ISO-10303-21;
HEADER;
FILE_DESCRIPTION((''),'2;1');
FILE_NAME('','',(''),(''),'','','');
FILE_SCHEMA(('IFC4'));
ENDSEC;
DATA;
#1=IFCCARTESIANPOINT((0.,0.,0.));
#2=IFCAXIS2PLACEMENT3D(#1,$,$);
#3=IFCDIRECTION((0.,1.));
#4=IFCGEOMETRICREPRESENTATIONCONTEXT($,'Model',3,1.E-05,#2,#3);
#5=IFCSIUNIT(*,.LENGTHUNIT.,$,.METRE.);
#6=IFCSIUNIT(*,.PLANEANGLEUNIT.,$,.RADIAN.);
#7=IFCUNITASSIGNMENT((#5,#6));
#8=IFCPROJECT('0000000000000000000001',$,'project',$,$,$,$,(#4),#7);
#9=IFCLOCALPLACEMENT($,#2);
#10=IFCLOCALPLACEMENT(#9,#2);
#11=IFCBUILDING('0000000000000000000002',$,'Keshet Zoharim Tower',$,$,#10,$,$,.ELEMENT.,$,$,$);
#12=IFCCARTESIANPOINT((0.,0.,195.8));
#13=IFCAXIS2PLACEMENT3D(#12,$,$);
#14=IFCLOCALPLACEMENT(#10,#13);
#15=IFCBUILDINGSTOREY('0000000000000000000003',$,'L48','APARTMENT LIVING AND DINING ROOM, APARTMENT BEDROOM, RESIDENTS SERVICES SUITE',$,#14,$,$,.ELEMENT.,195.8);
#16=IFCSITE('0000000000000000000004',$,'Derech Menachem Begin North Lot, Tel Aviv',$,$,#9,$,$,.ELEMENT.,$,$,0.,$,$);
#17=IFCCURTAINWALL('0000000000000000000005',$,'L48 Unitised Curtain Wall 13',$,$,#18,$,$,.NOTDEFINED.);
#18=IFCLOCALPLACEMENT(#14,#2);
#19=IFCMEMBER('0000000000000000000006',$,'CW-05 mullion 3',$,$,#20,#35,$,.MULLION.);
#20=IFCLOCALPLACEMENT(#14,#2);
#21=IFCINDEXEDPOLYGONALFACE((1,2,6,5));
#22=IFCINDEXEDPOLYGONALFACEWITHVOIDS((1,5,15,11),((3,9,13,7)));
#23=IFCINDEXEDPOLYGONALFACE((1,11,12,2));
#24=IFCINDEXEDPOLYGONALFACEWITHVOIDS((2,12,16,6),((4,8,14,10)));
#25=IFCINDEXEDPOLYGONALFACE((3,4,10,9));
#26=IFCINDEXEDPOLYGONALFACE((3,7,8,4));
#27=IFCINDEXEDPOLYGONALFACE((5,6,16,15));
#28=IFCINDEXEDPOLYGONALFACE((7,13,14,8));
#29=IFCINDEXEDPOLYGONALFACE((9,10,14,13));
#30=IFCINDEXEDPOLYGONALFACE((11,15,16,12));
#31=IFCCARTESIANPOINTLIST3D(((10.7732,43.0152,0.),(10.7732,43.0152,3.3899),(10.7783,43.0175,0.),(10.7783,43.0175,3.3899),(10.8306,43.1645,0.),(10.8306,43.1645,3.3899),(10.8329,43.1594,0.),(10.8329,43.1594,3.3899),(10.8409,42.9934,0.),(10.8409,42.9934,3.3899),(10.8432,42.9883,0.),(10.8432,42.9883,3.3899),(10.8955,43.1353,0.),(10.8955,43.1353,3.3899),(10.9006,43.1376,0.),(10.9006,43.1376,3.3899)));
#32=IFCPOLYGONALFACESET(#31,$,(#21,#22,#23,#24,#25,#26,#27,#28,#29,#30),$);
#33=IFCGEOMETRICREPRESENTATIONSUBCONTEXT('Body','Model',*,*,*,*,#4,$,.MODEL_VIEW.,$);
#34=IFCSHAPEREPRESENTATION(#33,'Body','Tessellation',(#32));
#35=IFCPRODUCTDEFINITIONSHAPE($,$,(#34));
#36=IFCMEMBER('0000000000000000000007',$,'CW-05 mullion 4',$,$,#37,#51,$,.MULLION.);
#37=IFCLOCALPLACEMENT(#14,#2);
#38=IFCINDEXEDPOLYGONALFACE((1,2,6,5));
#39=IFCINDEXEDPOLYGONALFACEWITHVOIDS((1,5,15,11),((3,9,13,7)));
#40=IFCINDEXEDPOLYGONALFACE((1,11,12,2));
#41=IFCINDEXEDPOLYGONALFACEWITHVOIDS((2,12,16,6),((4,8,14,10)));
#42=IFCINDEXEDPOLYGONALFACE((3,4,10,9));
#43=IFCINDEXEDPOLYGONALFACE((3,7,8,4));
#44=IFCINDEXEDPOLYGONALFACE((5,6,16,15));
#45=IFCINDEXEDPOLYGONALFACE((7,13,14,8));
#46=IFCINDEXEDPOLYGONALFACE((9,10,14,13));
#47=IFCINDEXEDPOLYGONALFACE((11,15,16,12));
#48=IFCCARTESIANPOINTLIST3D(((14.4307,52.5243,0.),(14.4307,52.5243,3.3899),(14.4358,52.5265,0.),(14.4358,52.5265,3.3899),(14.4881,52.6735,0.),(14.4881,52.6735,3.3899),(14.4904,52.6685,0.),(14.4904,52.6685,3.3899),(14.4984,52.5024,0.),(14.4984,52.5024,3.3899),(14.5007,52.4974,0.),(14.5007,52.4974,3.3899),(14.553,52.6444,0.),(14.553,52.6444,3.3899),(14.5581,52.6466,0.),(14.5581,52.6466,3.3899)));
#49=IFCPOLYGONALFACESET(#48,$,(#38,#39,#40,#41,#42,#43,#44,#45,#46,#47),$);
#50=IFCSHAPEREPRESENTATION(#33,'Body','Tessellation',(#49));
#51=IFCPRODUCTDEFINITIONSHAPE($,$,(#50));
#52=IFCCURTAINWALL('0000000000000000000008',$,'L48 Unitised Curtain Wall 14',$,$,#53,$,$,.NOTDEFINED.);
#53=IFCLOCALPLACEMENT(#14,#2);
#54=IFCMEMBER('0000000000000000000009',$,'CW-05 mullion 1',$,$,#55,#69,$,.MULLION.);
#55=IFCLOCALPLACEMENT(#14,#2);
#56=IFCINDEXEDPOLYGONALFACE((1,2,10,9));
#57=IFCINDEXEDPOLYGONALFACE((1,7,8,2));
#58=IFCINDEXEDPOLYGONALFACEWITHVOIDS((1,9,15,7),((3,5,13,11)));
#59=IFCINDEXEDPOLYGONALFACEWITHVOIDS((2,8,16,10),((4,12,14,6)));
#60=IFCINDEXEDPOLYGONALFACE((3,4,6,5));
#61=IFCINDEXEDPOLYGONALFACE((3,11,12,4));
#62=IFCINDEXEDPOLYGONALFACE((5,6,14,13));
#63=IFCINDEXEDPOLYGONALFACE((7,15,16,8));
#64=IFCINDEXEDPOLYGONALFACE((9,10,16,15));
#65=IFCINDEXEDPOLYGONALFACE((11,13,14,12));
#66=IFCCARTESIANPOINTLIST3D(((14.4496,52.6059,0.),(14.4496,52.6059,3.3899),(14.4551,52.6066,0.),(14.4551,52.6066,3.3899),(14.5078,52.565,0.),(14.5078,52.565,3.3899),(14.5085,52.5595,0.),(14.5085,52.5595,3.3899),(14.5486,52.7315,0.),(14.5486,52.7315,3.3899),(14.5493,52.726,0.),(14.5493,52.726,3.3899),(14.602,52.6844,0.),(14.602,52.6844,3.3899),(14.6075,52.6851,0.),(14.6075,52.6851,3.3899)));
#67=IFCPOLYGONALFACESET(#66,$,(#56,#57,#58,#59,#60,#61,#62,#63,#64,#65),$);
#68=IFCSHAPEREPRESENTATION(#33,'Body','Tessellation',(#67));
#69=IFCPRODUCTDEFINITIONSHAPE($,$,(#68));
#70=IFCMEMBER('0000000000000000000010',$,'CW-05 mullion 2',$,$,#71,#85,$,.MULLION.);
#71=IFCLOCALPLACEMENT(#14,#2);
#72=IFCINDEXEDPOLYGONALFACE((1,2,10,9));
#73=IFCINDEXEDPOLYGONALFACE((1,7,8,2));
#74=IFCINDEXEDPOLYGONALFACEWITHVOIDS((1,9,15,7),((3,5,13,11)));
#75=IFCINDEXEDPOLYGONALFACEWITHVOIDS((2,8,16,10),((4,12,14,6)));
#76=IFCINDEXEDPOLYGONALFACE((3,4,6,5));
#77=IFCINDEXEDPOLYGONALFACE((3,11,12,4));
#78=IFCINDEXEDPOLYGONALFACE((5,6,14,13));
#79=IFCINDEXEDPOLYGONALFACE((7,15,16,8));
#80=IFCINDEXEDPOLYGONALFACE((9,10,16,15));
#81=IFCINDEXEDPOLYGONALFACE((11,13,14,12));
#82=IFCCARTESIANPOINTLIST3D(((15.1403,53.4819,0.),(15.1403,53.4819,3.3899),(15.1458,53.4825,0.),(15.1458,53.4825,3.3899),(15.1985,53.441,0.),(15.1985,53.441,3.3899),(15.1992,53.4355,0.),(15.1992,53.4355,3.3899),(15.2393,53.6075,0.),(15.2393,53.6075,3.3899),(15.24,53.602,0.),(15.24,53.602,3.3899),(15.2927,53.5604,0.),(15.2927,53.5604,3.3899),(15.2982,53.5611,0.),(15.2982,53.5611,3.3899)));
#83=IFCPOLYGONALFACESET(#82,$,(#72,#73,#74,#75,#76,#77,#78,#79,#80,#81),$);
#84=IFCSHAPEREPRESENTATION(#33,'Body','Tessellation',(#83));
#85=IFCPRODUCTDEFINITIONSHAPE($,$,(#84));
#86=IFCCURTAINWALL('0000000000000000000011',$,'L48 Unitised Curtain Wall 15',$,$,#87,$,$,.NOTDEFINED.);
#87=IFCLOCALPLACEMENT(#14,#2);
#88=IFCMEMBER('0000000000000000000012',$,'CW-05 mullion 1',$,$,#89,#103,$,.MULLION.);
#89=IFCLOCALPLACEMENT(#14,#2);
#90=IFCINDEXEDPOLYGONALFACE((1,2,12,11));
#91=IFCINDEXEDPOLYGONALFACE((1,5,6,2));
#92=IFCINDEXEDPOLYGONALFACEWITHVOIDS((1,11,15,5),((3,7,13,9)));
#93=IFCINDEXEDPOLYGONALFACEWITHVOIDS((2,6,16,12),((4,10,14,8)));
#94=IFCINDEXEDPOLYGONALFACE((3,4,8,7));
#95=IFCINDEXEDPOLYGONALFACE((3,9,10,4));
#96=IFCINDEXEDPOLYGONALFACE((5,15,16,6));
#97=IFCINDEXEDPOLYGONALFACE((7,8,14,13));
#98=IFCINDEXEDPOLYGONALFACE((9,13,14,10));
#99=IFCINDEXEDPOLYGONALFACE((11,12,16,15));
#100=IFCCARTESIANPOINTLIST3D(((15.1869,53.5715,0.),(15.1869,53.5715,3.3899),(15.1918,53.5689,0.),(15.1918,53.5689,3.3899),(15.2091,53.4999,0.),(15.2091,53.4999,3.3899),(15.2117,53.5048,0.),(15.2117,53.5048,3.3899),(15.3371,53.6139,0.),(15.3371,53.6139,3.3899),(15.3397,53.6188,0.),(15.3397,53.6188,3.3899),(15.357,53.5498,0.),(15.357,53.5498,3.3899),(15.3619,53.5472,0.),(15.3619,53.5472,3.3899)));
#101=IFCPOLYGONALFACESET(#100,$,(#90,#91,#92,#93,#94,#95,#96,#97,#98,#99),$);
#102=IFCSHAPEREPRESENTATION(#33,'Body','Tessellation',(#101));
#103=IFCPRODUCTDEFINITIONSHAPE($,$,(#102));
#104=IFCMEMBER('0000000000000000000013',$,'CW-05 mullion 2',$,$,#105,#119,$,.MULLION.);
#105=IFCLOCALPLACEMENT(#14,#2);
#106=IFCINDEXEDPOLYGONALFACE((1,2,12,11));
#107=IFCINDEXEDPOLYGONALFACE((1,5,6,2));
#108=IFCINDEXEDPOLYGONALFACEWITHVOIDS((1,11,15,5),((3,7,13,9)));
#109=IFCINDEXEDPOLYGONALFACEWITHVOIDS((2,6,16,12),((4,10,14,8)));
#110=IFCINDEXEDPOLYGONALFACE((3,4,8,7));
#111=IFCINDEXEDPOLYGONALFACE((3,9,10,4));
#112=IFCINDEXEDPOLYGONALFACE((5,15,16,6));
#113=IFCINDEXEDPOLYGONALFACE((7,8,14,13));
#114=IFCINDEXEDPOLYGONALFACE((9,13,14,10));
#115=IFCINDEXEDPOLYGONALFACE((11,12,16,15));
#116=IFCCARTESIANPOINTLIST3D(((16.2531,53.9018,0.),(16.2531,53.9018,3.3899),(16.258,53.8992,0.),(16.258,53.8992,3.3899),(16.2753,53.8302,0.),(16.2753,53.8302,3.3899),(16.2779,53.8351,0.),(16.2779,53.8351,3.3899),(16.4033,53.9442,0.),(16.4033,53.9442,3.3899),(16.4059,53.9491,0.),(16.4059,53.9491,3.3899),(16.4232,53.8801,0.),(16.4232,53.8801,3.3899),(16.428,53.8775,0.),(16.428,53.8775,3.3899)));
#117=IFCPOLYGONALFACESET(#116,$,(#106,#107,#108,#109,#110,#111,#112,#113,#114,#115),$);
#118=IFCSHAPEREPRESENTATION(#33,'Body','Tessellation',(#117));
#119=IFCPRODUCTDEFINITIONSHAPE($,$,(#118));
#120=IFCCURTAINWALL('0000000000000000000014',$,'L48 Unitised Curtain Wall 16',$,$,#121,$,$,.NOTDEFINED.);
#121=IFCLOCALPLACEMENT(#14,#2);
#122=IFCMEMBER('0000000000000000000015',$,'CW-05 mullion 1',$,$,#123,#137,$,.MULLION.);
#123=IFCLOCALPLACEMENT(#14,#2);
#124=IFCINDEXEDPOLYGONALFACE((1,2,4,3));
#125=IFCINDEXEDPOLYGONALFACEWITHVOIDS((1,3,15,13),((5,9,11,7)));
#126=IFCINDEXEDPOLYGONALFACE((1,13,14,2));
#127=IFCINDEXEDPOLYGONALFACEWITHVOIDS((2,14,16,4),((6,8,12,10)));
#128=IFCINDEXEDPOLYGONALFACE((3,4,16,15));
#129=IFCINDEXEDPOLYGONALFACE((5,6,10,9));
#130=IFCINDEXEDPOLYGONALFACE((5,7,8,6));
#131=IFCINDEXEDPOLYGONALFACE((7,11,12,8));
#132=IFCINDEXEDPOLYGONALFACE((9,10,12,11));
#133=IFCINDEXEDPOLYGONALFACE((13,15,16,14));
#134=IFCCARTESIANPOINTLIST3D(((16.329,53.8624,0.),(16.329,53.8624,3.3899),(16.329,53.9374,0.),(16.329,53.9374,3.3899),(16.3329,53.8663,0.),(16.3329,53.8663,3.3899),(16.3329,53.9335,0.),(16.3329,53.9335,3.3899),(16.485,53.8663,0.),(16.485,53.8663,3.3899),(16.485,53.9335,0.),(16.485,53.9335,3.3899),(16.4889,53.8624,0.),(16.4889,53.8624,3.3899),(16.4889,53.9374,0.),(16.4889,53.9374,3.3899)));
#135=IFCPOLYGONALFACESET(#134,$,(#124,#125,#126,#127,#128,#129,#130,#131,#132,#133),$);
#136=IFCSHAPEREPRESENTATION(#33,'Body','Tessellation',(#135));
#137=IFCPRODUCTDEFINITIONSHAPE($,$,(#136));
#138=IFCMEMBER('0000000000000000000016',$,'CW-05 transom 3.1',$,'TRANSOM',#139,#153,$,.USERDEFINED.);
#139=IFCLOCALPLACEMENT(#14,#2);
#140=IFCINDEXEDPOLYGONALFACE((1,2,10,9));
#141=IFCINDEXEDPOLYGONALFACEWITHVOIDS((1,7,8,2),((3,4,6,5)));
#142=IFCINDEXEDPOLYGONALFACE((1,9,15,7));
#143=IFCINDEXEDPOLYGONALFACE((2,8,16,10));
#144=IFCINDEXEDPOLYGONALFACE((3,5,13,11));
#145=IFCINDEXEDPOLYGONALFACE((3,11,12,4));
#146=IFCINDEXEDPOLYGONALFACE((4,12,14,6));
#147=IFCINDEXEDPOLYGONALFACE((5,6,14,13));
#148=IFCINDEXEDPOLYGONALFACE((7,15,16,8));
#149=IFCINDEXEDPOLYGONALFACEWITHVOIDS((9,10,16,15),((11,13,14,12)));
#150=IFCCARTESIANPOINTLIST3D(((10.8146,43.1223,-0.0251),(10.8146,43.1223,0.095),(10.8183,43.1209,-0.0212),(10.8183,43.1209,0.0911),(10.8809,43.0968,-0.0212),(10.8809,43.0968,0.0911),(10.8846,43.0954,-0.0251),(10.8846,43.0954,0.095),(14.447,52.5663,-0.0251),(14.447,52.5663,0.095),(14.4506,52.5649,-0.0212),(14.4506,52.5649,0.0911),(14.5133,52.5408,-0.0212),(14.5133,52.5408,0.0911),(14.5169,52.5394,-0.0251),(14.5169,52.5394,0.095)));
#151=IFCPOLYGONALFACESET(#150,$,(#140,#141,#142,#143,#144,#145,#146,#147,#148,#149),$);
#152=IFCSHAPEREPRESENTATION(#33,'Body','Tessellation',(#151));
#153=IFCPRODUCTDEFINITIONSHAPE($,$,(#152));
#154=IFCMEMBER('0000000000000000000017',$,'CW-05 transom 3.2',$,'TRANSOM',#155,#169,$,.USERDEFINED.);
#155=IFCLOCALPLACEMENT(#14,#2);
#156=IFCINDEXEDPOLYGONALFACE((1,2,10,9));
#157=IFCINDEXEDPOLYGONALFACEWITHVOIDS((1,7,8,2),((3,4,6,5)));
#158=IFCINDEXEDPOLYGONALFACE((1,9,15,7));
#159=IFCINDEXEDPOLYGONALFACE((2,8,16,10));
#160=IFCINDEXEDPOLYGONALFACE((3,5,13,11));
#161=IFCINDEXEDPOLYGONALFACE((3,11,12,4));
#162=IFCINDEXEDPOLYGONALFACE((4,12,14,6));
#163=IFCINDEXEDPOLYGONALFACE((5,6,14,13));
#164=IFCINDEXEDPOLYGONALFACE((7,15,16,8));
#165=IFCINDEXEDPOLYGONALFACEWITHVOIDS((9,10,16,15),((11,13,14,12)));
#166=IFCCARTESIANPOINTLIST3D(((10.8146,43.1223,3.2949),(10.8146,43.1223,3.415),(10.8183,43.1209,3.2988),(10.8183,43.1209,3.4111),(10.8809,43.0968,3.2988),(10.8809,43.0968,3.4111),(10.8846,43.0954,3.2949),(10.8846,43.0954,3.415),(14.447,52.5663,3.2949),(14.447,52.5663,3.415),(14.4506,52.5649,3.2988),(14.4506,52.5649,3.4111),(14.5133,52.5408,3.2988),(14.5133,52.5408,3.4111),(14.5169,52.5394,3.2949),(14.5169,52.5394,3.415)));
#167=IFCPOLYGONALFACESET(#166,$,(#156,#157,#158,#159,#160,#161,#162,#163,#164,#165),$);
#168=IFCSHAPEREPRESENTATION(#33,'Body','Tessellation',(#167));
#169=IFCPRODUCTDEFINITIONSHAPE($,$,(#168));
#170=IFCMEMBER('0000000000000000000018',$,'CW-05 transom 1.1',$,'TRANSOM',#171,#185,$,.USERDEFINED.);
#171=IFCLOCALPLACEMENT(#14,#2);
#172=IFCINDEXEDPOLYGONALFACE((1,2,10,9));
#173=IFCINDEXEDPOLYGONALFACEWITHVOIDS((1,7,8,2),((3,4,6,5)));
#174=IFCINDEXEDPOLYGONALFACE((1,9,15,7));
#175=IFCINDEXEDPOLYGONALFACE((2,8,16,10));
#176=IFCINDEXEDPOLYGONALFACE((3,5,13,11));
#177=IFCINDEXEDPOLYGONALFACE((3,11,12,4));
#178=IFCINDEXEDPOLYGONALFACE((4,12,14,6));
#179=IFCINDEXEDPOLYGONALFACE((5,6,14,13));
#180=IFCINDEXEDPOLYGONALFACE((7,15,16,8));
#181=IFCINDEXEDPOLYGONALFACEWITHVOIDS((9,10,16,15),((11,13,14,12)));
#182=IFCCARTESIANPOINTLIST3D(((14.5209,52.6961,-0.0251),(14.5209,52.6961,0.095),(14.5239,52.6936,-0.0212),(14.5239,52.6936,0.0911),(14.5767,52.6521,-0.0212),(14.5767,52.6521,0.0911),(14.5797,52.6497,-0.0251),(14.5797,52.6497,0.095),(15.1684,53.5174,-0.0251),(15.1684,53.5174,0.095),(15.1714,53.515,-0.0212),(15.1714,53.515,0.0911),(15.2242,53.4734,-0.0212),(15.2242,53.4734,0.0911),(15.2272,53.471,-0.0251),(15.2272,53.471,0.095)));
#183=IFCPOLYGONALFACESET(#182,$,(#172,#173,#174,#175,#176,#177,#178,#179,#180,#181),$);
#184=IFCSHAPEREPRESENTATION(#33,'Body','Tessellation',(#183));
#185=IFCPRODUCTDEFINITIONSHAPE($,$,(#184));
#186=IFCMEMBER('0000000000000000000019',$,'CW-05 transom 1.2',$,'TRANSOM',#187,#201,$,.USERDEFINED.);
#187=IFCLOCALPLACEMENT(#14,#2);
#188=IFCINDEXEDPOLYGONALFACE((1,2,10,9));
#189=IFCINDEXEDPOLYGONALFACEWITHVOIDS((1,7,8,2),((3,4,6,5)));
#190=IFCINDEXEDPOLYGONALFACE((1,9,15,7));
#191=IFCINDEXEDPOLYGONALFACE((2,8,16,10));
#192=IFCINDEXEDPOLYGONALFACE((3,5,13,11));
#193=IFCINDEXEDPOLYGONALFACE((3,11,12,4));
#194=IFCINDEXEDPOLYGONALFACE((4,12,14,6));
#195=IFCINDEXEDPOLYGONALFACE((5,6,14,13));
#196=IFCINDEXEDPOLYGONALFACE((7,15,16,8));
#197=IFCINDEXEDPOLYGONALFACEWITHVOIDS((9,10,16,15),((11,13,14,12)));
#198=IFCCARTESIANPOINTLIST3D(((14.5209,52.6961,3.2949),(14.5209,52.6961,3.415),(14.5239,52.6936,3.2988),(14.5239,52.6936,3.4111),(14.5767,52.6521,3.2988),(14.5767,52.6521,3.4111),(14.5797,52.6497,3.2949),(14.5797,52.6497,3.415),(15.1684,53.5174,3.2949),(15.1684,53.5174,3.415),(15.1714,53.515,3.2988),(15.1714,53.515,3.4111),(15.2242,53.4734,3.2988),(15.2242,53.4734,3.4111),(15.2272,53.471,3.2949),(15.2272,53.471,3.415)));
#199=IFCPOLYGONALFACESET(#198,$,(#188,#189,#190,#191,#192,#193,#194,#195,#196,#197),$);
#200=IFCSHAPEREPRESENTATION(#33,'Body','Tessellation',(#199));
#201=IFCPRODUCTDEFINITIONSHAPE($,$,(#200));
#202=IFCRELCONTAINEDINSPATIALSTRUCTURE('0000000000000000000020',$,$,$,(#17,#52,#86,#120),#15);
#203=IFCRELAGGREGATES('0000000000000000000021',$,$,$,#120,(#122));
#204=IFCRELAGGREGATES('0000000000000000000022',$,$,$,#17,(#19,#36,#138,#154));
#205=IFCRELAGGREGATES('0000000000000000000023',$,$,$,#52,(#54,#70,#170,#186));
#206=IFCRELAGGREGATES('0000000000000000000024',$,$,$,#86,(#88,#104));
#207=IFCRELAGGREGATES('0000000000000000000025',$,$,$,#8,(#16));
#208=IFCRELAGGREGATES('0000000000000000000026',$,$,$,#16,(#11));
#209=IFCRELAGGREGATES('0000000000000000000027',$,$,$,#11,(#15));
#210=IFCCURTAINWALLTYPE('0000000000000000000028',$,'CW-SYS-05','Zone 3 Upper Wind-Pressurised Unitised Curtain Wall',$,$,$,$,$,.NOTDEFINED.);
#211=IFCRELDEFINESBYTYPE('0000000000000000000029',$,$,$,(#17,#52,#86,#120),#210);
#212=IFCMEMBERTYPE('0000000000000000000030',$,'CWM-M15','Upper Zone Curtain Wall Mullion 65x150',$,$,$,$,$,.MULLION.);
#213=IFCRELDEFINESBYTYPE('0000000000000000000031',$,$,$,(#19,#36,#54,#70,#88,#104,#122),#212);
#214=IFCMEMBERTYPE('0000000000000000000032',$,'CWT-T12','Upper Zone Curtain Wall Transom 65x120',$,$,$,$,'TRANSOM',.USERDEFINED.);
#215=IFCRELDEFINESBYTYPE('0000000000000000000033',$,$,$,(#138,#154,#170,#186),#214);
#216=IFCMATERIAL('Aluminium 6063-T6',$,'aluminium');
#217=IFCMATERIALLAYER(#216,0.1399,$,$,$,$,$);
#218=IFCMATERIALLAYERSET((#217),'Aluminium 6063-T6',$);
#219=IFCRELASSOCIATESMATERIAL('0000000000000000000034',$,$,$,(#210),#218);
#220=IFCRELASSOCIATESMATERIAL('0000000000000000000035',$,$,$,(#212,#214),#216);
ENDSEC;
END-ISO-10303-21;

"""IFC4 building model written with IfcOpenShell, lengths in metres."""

from ifc_helpers import new_model, si_unit, direction, frame, origin, origin_2d, place, context, subcontext, project, spatial, hollow_rectangle, extrude, material, layer, layer_set, material_profile, profile_set, type_object, element, aggregate, save


model = new_model("IFC4")

# Units and contexts
model_context = context("Model", 3, precision=1e-05, world=origin(), true_north=direction((0.0, 1.0)))
body_context = subcontext(model_context, "Body", "Model", "MODEL_VIEW")
ifc_project = project(units=[si_unit("LENGTHUNIT", "METRE"), si_unit("PLANEANGLEUNIT", "RADIAN")], contexts=[model_context])

# Site, building, storey
site_placement = place(None, origin())
site = spatial("IfcSite", under=ifc_project, at=site_placement, Name="Derech Menachem Begin North Lot, Tel Aviv", CompositionType="ELEMENT", RefElevation=0.0)
building_placement = place(site_placement, origin())
building = spatial("IfcBuilding", under=site, at=building_placement, Name="Keshet Zoharim Tower", CompositionType="ELEMENT")
storey_placement = place(building_placement, frame((0.0, 0.0, 195.8)))
storey = spatial("IfcBuildingStorey", under=building, at=storey_placement, Name="L48", Description="APARTMENT LIVING AND DINING ROOM, APARTMENT BEDROOM, RESIDENTS SERVICES SUITE", CompositionType="ELEMENT", Elevation=195.8)

# Curtain walls, members
ifc_material_1 = material(Name="Aluminium 6063-T6", Category="aluminium")
ifc_layer_1 = layer(ifc_material_1, 0.1399)
ifc_layer_set_1 = layer_set([ifc_layer_1], Name="Aluminium 6063-T6")
curtain_wall_type = type_object("IfcCurtainWallType", Name="CW-SYS-05", Description="Zone 3 Upper Wind-Pressurised Unitised Curtain Wall", PredefinedType="NOTDEFINED", material=ifc_layer_set_1)
curtain_wall_1_placement = place(storey_placement, origin())
curtain_wall_1 = element("IfcCurtainWall", 1, at=curtain_wall_1_placement, inside=storey, type_object=curtain_wall_type, Name="L48 Unitised Curtain Wall 13", PredefinedType="NOTDEFINED")
ifc_material_profile_1 = material_profile(ifc_material_1, hollow_rectangle(XDim=0.075, YDim=0.1599, WallThickness=0.0039, at=origin_2d()), Name="MUL-75x160")
ifc_profile_set_1 = profile_set([ifc_material_profile_1], Name="Aluminium 6063-T6")
member_type_1 = type_object("IfcMemberType", Name="CWM-M15", Description="Upper Zone Curtain Wall Mullion 65x150", PredefinedType="MULLION", material=ifc_profile_set_1)
member_1_placement = place(storey_placement, frame((10.8369, 43.0764, 0.0), z_axis=(0.0, 0.0, 1.0), x_axis=(-0.933341, 0.35899, 0.0)))
member_1 = element("IfcMember", 2, at=member_1_placement, type_object=member_type_1, Name="CW-05 mullion 3", PredefinedType="MULLION", context=body_context, shape_type="SweptSolid", body=[
    extrude(hollow_rectangle(XDim=0.075, YDim=0.1599, WallThickness=0.0039, at=origin_2d()), origin(), (0.0, 0.0, 1.0), 3.3899),
])
member_2_placement = place(storey_placement, frame((14.4944, 52.5854, 0.0), z_axis=(0.0, 0.0, 1.0), x_axis=(-0.933341, 0.35899, 0.0)))
member_2 = element("IfcMember", 3, at=member_2_placement, type_object=member_type_1, Name="CW-05 mullion 4", PredefinedType="MULLION", context=body_context, shape_type="SweptSolid", body=[
    extrude(hollow_rectangle(XDim=0.075, YDim=0.1599, WallThickness=0.0039, at=origin_2d()), origin(), (0.0, 0.0, 1.0), 3.3899),
])
curtain_wall_2_placement = place(storey_placement, origin())
curtain_wall_2 = element("IfcCurtainWall", 4, at=curtain_wall_2_placement, inside=storey, type_object=curtain_wall_type, Name="L48 Unitised Curtain Wall 14", PredefinedType="NOTDEFINED")
member_3_placement = place(storey_placement, frame((14.5286, 52.6455, 0.0), z_axis=(0.0, 0.0, 1.0), x_axis=(-0.785293, 0.619125, 0.0)))
member_3 = element("IfcMember", 5, at=member_3_placement, type_object=member_type_1, Name="CW-05 mullion 1", PredefinedType="MULLION", context=body_context, shape_type="SweptSolid", body=[
    extrude(hollow_rectangle(XDim=0.075, YDim=0.1599, WallThickness=0.0039, at=origin_2d()), origin(), (0.0, 0.0, 1.0), 3.3899),
])
member_4_placement = place(storey_placement, frame((15.2192, 53.5215, 0.0), z_axis=(0.0, 0.0, 1.0), x_axis=(-0.785293, 0.619125, 0.0)))
member_4 = element("IfcMember", 6, at=member_4_placement, type_object=member_type_1, Name="CW-05 mullion 2", PredefinedType="MULLION", context=body_context, shape_type="SweptSolid", body=[
    extrude(hollow_rectangle(XDim=0.075, YDim=0.1599, WallThickness=0.0039, at=origin_2d()), origin(), (0.0, 0.0, 1.0), 3.3899),
])
curtain_wall_3_placement = place(storey_placement, origin())
curtain_wall_3 = element("IfcCurtainWall", 7, at=curtain_wall_3_placement, inside=storey, type_object=curtain_wall_type, Name="L48 Unitised Curtain Wall 15", PredefinedType="NOTDEFINED")
member_5_placement = place(storey_placement, frame((15.2744, 53.5593, 0.0), z_axis=(0.0, 0.0, 1.0), x_axis=(-0.295922, 0.955212, 0.0)))
member_5 = element("IfcMember", 8, at=member_5_placement, type_object=member_type_1, Name="CW-05 mullion 1", PredefinedType="MULLION", context=body_context, shape_type="SweptSolid", body=[
    extrude(hollow_rectangle(XDim=0.075, YDim=0.1599, WallThickness=0.0039, at=origin_2d()), origin(), (0.0, 0.0, 1.0), 3.3899),
])
member_6_placement = place(storey_placement, frame((16.3406, 53.8896, 0.0), z_axis=(0.0, 0.0, 1.0), x_axis=(-0.295922, 0.955212, 0.0)))
member_6 = element("IfcMember", 9, at=member_6_placement, type_object=member_type_1, Name="CW-05 mullion 2", PredefinedType="MULLION", context=body_context, shape_type="SweptSolid", body=[
    extrude(hollow_rectangle(XDim=0.075, YDim=0.1599, WallThickness=0.0039, at=origin_2d()), origin(), (0.0, 0.0, 1.0), 3.3899),
])

# Curtain wall, member
curtain_wall_4_placement = place(storey_placement, origin())
curtain_wall_4 = element("IfcCurtainWall", 10, at=curtain_wall_4_placement, inside=storey, type_object=curtain_wall_type, Name="L48 Unitised Curtain Wall 16", PredefinedType="NOTDEFINED")
member_7_placement = place(storey_placement, frame((16.4089, 53.8999, 0.0), z_axis=(0.0, 0.0, 1.0), x_axis=(0.0, 1.0, 0.0)))
member_7 = element("IfcMember", 11, at=member_7_placement, type_object=member_type_1, Name="CW-05 mullion 1", PredefinedType="MULLION", context=body_context, shape_type="SweptSolid", body=[
    extrude(hollow_rectangle(XDim=0.075, YDim=0.1599, WallThickness=0.0039, at=origin_2d()), origin(), (0.0, 0.0, 1.0), 3.3899),
])

# Members
ifc_material_profile_2 = material_profile(ifc_material_1, hollow_rectangle(XDim=0.075, YDim=0.1201, WallThickness=0.0039, at=origin_2d()), Name="TRN-75x120")
ifc_profile_set_2 = profile_set([ifc_material_profile_2], Name="Aluminium 6063-T6")
member_type_2 = type_object("IfcMemberType", Name="CWT-T12", Description="Upper Zone Curtain Wall Transom 65x120", ElementType="TRANSOM", PredefinedType="USERDEFINED", material=ifc_profile_set_2)
member_8_placement = place(storey_placement, frame((10.8496, 43.1089, 0.0349), z_axis=(0.358986, 0.933343, 0.0), x_axis=(-0.933343, 0.358986, 0.0)))
member_8 = element("IfcMember", 12, at=member_8_placement, type_object=member_type_2, Name="CW-05 transom 3.1", ObjectType="TRANSOM", PredefinedType="USERDEFINED", context=body_context, shape_type="SweptSolid", body=[
    extrude(hollow_rectangle(XDim=0.075, YDim=0.1201, WallThickness=0.0039, at=origin_2d()), origin(), (0.0, 0.0, 1.0), 10.1184),
])
member_9_placement = place(storey_placement, frame((10.8496, 43.1089, 3.355), z_axis=(0.358986, 0.933343, 0.0), x_axis=(-0.933343, 0.358986, 0.0)))
member_9 = element("IfcMember", 13, at=member_9_placement, type_object=member_type_2, Name="CW-05 transom 3.2", ObjectType="TRANSOM", PredefinedType="USERDEFINED", context=body_context, shape_type="SweptSolid", body=[
    extrude(hollow_rectangle(XDim=0.075, YDim=0.1201, WallThickness=0.0039, at=origin_2d()), origin(), (0.0, 0.0, 1.0), 10.1184),
])
member_10_placement = place(storey_placement, frame((14.5503, 52.6729, 0.0349), z_axis=(0.619099, 0.785313, 0.0), x_axis=(-0.785313, 0.619099, 0.0)))
member_10 = element("IfcMember", 14, at=member_10_placement, type_object=member_type_2, Name="CW-05 transom 1.1", ObjectType="TRANSOM", PredefinedType="USERDEFINED", context=body_context, shape_type="SweptSolid", body=[
    extrude(hollow_rectangle(XDim=0.075, YDim=0.1201, WallThickness=0.0039, at=origin_2d()), origin(), (0.0, 0.0, 1.0), 1.0459),
])
member_11_placement = place(storey_placement, frame((14.5503, 52.6729, 3.355), z_axis=(0.619099, 0.785313, 0.0), x_axis=(-0.785313, 0.619099, 0.0)))
member_11 = element("IfcMember", 15, at=member_11_placement, type_object=member_type_2, Name="CW-05 transom 1.2", ObjectType="TRANSOM", PredefinedType="USERDEFINED", context=body_context, shape_type="SweptSolid", body=[
    extrude(hollow_rectangle(XDim=0.075, YDim=0.1201, WallThickness=0.0039, at=origin_2d()), origin(), (0.0, 0.0, 1.0), 1.0459),
])
aggregate(curtain_wall_4, [member_7])

aggregate(curtain_wall_1, [member_1, member_2, member_8, member_9])
aggregate(curtain_wall_2, [member_3, member_4, member_10, member_11])
aggregate(curtain_wall_3, [member_5, member_6])

save(model, "model.ifc")
